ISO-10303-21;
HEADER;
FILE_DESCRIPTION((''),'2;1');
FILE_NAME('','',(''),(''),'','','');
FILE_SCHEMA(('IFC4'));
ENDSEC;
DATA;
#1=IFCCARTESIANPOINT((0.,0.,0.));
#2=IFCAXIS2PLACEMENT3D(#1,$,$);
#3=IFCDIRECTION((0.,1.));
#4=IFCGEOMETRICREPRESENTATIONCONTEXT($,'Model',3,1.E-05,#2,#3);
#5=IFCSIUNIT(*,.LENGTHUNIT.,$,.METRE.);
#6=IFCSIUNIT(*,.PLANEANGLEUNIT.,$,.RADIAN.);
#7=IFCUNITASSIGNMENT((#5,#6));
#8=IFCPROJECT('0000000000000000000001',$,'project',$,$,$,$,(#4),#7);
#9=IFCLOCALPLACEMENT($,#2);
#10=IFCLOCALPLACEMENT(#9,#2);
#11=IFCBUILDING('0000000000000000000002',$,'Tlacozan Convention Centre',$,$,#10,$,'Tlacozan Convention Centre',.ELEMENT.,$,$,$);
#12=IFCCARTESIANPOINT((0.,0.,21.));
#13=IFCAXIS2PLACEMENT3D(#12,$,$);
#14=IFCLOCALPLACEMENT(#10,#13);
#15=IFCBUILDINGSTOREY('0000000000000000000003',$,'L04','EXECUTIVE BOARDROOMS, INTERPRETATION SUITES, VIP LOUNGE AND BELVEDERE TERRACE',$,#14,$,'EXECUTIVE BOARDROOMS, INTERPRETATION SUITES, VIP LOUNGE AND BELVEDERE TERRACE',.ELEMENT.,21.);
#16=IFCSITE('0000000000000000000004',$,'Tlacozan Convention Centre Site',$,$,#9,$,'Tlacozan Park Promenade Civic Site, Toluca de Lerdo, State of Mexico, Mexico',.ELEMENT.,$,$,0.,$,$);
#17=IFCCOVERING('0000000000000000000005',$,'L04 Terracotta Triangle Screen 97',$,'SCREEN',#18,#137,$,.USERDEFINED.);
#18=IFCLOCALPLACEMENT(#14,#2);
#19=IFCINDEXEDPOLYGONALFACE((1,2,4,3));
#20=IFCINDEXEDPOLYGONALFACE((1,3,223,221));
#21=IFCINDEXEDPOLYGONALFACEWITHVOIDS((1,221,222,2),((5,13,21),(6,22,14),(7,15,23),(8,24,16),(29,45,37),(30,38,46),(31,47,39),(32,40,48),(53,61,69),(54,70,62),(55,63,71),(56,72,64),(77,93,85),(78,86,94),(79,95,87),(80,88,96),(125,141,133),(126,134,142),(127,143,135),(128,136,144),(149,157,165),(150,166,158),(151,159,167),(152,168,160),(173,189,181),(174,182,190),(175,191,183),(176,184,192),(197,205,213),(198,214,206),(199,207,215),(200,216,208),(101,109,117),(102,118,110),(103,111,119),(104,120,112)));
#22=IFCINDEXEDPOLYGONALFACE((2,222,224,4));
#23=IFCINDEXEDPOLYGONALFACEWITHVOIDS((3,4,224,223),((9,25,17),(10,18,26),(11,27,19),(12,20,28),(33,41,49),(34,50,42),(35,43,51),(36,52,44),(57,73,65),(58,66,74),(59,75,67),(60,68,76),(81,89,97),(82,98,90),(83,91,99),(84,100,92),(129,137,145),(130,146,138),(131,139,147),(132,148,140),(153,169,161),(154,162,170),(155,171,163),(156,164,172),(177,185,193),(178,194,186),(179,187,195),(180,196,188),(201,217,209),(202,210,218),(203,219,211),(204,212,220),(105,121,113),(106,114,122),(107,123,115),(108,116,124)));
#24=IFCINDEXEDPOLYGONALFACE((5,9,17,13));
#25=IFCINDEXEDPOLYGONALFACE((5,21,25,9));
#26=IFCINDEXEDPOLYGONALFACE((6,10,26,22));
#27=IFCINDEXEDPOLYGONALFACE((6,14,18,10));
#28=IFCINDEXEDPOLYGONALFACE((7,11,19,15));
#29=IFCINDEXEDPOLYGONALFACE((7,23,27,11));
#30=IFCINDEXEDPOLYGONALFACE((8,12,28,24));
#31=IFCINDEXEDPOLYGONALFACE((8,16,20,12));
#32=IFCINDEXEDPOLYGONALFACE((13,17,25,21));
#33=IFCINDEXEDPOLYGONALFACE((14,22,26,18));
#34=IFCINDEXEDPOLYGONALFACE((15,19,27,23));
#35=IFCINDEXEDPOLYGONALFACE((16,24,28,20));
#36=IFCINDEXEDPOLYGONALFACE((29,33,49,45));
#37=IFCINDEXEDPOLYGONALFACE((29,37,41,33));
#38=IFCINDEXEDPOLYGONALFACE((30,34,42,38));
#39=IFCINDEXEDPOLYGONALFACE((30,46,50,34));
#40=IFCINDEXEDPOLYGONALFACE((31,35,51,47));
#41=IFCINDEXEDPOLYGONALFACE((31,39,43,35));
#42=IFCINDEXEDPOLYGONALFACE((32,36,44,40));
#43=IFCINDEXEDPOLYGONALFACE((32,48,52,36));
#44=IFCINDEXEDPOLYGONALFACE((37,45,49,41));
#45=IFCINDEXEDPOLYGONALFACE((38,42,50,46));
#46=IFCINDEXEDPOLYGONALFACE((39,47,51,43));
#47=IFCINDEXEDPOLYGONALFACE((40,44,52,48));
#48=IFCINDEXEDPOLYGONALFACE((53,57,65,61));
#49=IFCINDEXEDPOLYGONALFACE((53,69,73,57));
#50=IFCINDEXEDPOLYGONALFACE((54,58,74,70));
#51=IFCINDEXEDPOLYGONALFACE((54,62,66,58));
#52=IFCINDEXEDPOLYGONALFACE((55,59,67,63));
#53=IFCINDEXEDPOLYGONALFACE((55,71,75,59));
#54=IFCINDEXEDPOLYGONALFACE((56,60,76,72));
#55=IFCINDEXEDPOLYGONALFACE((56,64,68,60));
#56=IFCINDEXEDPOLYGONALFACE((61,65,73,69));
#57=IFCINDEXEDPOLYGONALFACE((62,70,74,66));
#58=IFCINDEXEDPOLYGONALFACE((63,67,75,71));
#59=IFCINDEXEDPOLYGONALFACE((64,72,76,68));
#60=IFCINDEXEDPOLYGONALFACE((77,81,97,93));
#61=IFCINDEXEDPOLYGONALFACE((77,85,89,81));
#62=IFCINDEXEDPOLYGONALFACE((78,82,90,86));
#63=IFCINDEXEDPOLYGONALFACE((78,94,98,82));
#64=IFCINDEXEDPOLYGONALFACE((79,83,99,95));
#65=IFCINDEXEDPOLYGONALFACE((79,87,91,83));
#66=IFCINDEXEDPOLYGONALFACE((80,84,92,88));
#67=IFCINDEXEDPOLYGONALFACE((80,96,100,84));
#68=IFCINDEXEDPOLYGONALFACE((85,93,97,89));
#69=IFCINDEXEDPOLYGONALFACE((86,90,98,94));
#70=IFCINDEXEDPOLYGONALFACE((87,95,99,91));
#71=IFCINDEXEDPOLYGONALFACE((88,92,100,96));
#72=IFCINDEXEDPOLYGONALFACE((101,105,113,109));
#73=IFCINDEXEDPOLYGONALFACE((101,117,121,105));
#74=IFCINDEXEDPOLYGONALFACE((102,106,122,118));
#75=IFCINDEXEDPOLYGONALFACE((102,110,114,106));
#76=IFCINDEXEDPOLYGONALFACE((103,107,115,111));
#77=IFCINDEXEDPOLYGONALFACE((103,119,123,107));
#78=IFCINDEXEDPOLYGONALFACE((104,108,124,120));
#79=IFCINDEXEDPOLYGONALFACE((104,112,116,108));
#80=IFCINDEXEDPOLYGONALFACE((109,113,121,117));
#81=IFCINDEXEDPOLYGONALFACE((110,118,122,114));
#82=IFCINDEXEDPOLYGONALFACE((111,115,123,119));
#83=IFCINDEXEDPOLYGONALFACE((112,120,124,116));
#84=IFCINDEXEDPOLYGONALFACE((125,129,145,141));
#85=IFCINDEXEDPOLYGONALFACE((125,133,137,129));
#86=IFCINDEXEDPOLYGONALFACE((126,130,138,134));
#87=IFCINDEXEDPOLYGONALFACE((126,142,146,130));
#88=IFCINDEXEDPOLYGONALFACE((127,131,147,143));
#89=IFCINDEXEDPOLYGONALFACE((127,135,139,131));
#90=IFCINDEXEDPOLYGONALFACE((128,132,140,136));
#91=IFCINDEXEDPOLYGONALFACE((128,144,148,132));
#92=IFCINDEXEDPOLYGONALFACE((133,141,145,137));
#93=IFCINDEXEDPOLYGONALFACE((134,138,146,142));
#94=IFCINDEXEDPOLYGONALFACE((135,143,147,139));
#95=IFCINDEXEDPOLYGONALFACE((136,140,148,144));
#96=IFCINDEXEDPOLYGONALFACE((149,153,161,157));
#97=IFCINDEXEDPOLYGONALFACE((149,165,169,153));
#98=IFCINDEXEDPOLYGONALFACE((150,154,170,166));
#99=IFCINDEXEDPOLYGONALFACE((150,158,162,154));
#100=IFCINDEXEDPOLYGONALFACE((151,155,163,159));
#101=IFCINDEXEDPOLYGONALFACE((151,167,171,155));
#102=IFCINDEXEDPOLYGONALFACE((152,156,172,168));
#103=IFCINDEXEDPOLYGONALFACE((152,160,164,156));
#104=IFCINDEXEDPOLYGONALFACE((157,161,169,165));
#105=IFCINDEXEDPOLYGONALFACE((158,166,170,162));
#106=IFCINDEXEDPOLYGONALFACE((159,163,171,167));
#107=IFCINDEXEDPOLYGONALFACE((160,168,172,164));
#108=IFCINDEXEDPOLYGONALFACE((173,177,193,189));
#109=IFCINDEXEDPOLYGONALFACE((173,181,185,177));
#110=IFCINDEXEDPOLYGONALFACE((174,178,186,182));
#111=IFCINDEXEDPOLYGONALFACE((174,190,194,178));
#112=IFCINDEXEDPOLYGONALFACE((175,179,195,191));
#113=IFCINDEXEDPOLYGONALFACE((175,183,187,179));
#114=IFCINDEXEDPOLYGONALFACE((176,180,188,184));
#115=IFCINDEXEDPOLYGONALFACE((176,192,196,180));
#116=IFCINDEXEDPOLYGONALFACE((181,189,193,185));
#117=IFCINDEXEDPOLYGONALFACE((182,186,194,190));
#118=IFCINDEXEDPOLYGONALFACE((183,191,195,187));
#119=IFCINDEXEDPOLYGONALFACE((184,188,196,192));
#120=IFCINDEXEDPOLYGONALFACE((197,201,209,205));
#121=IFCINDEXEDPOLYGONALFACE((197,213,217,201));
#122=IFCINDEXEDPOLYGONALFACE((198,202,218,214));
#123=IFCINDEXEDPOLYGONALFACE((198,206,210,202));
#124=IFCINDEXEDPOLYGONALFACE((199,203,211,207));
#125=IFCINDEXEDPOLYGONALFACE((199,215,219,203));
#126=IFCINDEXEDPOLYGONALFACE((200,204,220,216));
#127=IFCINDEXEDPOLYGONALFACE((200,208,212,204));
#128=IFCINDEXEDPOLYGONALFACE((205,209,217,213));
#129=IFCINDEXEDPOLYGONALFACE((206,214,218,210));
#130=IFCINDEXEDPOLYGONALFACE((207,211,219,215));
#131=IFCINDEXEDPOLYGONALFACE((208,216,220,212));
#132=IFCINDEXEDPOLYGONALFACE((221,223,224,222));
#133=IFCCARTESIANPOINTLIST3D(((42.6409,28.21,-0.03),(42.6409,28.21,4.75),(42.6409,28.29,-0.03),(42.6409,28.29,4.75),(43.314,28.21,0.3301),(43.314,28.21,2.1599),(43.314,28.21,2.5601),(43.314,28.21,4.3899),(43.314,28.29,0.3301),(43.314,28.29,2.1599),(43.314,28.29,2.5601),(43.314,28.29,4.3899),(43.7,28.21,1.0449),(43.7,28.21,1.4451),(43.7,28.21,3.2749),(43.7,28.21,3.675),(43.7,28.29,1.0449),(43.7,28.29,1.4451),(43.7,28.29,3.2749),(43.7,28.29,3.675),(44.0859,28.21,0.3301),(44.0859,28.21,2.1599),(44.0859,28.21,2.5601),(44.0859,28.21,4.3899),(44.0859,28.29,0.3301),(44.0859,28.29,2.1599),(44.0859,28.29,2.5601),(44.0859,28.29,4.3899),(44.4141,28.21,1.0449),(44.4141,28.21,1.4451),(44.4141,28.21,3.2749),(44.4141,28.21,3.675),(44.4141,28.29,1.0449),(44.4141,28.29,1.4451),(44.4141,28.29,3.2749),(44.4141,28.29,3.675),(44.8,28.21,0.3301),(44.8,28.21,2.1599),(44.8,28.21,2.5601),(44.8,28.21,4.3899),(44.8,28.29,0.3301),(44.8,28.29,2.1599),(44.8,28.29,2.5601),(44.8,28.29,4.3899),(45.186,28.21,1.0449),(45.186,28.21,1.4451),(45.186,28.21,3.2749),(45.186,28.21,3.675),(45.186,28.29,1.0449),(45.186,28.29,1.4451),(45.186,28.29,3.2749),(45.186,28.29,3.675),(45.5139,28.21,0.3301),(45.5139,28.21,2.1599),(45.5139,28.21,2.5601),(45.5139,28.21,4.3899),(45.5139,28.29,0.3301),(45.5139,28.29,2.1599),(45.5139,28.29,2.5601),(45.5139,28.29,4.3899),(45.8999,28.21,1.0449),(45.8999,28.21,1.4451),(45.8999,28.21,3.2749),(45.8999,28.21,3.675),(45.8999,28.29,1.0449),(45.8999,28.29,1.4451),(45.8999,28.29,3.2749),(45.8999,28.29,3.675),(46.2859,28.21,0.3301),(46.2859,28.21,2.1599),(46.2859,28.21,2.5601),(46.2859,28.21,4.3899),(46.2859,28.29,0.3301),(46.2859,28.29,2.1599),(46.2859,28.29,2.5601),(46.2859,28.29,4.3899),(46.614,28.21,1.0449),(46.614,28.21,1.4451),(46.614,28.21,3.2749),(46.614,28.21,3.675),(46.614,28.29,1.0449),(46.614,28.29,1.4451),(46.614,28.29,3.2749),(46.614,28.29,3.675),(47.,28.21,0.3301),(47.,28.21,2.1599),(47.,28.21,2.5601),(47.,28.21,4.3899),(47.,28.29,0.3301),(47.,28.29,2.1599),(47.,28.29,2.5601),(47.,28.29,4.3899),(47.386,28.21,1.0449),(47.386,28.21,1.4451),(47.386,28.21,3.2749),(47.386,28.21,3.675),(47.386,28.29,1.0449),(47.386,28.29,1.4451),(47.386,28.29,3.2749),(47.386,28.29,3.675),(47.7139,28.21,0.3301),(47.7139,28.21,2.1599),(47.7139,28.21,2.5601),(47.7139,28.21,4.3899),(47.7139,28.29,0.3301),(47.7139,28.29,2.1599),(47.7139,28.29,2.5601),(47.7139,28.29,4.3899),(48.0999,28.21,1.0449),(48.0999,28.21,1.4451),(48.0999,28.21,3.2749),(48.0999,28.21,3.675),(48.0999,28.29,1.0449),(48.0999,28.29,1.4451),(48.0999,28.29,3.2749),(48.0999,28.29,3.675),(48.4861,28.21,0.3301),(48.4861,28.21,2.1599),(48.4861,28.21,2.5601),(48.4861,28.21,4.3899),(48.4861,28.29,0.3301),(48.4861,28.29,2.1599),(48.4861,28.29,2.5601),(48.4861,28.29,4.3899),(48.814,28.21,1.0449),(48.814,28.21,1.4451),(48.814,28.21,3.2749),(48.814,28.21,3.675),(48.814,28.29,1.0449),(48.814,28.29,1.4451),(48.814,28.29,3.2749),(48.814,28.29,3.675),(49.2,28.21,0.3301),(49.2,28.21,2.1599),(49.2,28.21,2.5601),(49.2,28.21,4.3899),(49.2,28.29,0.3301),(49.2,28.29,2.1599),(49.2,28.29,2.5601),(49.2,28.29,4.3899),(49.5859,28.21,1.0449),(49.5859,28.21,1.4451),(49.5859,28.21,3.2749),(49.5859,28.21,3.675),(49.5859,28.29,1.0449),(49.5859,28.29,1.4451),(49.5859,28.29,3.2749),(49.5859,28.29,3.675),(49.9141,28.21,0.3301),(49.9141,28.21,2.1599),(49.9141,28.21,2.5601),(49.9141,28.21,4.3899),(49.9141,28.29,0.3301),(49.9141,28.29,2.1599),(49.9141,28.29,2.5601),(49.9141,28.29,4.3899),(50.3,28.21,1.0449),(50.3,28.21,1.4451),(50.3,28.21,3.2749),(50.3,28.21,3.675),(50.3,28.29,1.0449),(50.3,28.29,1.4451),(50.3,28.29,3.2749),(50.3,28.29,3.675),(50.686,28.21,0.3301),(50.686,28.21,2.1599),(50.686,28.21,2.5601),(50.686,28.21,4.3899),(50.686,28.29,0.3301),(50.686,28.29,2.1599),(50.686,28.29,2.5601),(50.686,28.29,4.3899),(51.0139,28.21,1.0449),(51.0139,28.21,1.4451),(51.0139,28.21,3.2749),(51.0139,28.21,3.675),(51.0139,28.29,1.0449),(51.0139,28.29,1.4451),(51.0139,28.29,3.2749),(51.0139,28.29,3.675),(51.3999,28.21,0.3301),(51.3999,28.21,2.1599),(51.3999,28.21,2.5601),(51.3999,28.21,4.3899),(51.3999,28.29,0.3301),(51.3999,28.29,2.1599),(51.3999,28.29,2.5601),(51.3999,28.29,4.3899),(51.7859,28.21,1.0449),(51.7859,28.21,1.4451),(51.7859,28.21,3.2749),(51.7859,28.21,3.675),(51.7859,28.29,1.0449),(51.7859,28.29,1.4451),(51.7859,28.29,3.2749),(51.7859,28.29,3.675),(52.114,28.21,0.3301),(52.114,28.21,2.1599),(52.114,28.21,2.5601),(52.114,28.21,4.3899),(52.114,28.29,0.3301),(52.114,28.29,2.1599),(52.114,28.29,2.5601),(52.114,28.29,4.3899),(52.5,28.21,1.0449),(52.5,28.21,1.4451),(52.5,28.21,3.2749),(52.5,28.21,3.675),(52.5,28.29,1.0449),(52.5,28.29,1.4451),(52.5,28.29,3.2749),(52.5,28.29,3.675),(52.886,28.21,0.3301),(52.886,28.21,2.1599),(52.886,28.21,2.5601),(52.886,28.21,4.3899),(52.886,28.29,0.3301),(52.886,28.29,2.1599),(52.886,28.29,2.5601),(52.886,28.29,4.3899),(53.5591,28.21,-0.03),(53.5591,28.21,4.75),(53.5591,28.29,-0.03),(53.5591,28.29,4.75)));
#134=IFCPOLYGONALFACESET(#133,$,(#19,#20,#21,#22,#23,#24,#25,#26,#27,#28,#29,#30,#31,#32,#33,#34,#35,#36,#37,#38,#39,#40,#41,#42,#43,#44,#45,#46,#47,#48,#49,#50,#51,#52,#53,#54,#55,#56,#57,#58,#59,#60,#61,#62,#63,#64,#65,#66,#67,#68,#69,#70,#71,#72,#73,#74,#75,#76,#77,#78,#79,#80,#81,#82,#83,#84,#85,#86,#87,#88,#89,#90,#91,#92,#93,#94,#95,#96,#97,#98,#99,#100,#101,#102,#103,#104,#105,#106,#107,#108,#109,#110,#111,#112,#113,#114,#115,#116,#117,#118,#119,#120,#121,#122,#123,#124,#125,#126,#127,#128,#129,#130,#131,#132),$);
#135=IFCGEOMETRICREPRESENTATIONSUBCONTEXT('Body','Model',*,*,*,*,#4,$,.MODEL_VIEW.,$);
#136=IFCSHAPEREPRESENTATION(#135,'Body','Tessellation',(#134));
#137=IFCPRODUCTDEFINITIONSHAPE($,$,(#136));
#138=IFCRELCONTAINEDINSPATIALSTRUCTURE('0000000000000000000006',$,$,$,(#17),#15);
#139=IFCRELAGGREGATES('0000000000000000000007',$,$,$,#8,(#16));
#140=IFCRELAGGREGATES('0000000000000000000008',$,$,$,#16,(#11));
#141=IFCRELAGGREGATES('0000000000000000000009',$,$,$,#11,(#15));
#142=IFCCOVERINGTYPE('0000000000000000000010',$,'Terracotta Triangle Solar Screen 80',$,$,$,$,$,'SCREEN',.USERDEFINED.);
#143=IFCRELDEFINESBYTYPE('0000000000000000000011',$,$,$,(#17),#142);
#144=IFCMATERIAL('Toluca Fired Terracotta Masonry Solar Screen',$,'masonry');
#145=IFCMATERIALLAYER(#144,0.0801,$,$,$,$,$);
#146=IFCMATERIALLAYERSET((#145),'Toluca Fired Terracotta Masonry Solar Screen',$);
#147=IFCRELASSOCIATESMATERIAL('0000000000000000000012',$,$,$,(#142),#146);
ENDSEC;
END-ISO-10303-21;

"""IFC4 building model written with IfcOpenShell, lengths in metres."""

from ifc_helpers import new_model, si_unit, direction, frame, origin, place, context, subcontext, project, spatial, polyline, outline, extrude, material, layer, layer_set, type_object, element, save


model = new_model("IFC4")

# Units and contexts
model_context = context("Model", 3, precision=1e-05, world=origin(), true_north=direction((0.0, 1.0)))
body_context = subcontext(model_context, "Body", "Model", "MODEL_VIEW")
ifc_project = project(units=[si_unit("LENGTHUNIT", "METRE"), si_unit("PLANEANGLEUNIT", "RADIAN")], contexts=[model_context])

# Site, building, storey
site_placement = place(None, origin())
site = spatial("IfcSite", under=ifc_project, at=site_placement, Name="Tlacozan Convention Centre Site", LongName="Tlacozan Park Promenade Civic Site, Toluca de Lerdo, State of Mexico, Mexico", CompositionType="ELEMENT", RefElevation=0.0)
building_placement = place(site_placement, origin())
building = spatial("IfcBuilding", under=site, at=building_placement, Name="Tlacozan Convention Centre", LongName="Tlacozan Convention Centre", CompositionType="ELEMENT")
storey_placement = place(building_placement, frame((0.0, 0.0, 21.0)))
storey = spatial("IfcBuildingStorey", under=building, at=storey_placement, Name="L04", Description="EXECUTIVE BOARDROOMS, INTERPRETATION SUITES, VIP LOUNGE AND BELVEDERE TERRACE", LongName="EXECUTIVE BOARDROOMS, INTERPRETATION SUITES, VIP LOUNGE AND BELVEDERE TERRACE", CompositionType="ELEMENT", Elevation=21.0)

# Covering
ifc_material_1 = material(Name="Toluca Fired Terracotta Masonry Solar Screen", Category="masonry")
ifc_layer_1 = layer(ifc_material_1, 0.0801)
ifc_layer_set_1 = layer_set([ifc_layer_1], Name="Toluca Fired Terracotta Masonry Solar Screen")
covering_type = type_object("IfcCoveringType", Name="Terracotta Triangle Solar Screen 80", ElementType="SCREEN", PredefinedType="USERDEFINED", material=ifc_layer_set_1)
covering_1_placement = place(storey_placement, frame((42.6409, 28.25, -0.03), z_axis=(0.0, 0.0, 1.0), x_axis=(1.0, 0.0, 0.0)))
element("IfcCovering", 1, at=covering_1_placement, inside=storey, type_object=covering_type, Name="L04 Terracotta Triangle Screen 97", ObjectType="SCREEN", PredefinedType="USERDEFINED", context=body_context, shape_type="SweptSolid", body=[
    extrude(outline(polyline([(0.0, 0.0), (10.9182, 0.0), (10.9182, 4.78), (0.0, 4.78), (0.0, 0.0)]), holes=[polyline([(0.6731, 0.3601), (1.4451, 0.3601), (1.0591, 1.075), (0.6731, 0.3601)]), polyline([(1.7732, 1.075), (2.5452, 1.075), (2.1592, 0.3601), (1.7732, 1.075)]), polyline([(2.873, 0.3601), (3.645, 0.3601), (3.259, 1.075), (2.873, 0.3601)]), polyline([(3.9731, 1.075), (4.7451, 1.075), (4.3591, 0.3601), (3.9731, 1.075)]), polyline([(5.073, 0.3601), (5.8452, 0.3601), (5.459, 1.075), (5.073, 0.3601)]), polyline([(6.1731, 1.075), (6.9451, 1.075), (6.5591, 0.3601), (6.1731, 1.075)]), polyline([(7.2732, 0.3601), (8.0452, 0.3601), (7.6592, 1.075), (7.2732, 0.3601)]), polyline([(8.373, 1.075), (9.145, 1.075), (8.759, 0.3601), (8.373, 1.075)]), polyline([(9.4731, 0.3601), (10.2451, 0.3601), (9.8591, 1.075), (9.4731, 0.3601)]), polyline([(0.6731, 2.1899), (1.4451, 2.1899), (1.0591, 1.4751), (0.6731, 2.1899)]), polyline([(1.7732, 1.4751), (2.5452, 1.4751), (2.1592, 2.1899), (1.7732, 1.4751)]), polyline([(2.873, 2.1899), (3.645, 2.1899), (3.259, 1.4751), (2.873, 2.1899)]), polyline([(3.9731, 1.4751), (4.7451, 1.4751), (4.3591, 2.1899), (3.9731, 1.4751)]), polyline([(5.073, 2.1899), (5.8452, 2.1899), (5.459, 1.4751), (5.073, 2.1899)]), polyline([(6.1731, 1.4751), (6.9451, 1.4751), (6.5591, 2.1899), (6.1731, 1.4751)]), polyline([(7.2732, 2.1899), (8.0452, 2.1899), (7.6592, 1.4751), (7.2732, 2.1899)]), polyline([(8.373, 1.4751), (9.145, 1.4751), (8.759, 2.1899), (8.373, 1.4751)]), polyline([(9.4731, 2.1899), (10.2451, 2.1899), (9.8591, 1.4751), (9.4731, 2.1899)]), polyline([(0.6731, 2.5901), (1.4451, 2.5901), (1.0591, 3.3049), (0.6731, 2.5901)]), polyline([(1.7732, 3.3049), (2.5452, 3.3049), (2.1592, 2.5901), (1.7732, 3.3049)]), polyline([(2.873, 2.5901), (3.645, 2.5901), (3.259, 3.3049), (2.873, 2.5901)]), polyline([(3.9731, 3.3049), (4.7451, 3.3049), (4.3591, 2.5901), (3.9731, 3.3049)]), polyline([(5.073, 2.5901), (5.8452, 2.5901), (5.459, 3.3049), (5.073, 2.5901)]), polyline([(6.1731, 3.3049), (6.9451, 3.3049), (6.5591, 2.5901), (6.1731, 3.3049)]), polyline([(7.2732, 2.5901), (8.0452, 2.5901), (7.6592, 3.3049), (7.2732, 2.5901)]), polyline([(8.373, 3.3049), (9.145, 3.3049), (8.759, 2.5901), (8.373, 3.3049)]), polyline([(9.4731, 2.5901), (10.2451, 2.5901), (9.8591, 3.3049), (9.4731, 2.5901)]), polyline([(0.6731, 4.4199), (1.4451, 4.4199), (1.0591, 3.7051), (0.6731, 4.4199)]), polyline([(1.7732, 3.7051), (2.5452, 3.7051), (2.1592, 4.4199), (1.7732, 3.7051)]), polyline([(2.873, 4.4199), (3.645, 4.4199), (3.259, 3.7051), (2.873, 4.4199)]), polyline([(3.9731, 3.7051), (4.7451, 3.7051), (4.3591, 4.4199), (3.9731, 3.7051)]), polyline([(5.073, 4.4199), (5.8452, 4.4199), (5.459, 3.7051), (5.073, 4.4199)]), polyline([(6.1731, 3.7051), (6.9451, 3.7051), (6.5591, 4.4199), (6.1731, 3.7051)]), polyline([(7.2732, 4.4199), (8.0452, 4.4199), (7.6592, 3.7051), (7.2732, 4.4199)]), polyline([(8.373, 3.7051), (9.145, 3.7051), (8.759, 4.4199), (8.373, 3.7051)]), polyline([(9.4731, 4.4199), (10.2451, 4.4199), (9.8591, 3.7051), (9.4731, 4.4199)])]), frame((0.0, 0.04, 0.0), z_axis=(0.0, -1.0, 0.0), x_axis=(1.0, 0.0, 0.0)), (0.0, 0.0, 1.0), 0.0801),
])

save(model, "model.ifc")
